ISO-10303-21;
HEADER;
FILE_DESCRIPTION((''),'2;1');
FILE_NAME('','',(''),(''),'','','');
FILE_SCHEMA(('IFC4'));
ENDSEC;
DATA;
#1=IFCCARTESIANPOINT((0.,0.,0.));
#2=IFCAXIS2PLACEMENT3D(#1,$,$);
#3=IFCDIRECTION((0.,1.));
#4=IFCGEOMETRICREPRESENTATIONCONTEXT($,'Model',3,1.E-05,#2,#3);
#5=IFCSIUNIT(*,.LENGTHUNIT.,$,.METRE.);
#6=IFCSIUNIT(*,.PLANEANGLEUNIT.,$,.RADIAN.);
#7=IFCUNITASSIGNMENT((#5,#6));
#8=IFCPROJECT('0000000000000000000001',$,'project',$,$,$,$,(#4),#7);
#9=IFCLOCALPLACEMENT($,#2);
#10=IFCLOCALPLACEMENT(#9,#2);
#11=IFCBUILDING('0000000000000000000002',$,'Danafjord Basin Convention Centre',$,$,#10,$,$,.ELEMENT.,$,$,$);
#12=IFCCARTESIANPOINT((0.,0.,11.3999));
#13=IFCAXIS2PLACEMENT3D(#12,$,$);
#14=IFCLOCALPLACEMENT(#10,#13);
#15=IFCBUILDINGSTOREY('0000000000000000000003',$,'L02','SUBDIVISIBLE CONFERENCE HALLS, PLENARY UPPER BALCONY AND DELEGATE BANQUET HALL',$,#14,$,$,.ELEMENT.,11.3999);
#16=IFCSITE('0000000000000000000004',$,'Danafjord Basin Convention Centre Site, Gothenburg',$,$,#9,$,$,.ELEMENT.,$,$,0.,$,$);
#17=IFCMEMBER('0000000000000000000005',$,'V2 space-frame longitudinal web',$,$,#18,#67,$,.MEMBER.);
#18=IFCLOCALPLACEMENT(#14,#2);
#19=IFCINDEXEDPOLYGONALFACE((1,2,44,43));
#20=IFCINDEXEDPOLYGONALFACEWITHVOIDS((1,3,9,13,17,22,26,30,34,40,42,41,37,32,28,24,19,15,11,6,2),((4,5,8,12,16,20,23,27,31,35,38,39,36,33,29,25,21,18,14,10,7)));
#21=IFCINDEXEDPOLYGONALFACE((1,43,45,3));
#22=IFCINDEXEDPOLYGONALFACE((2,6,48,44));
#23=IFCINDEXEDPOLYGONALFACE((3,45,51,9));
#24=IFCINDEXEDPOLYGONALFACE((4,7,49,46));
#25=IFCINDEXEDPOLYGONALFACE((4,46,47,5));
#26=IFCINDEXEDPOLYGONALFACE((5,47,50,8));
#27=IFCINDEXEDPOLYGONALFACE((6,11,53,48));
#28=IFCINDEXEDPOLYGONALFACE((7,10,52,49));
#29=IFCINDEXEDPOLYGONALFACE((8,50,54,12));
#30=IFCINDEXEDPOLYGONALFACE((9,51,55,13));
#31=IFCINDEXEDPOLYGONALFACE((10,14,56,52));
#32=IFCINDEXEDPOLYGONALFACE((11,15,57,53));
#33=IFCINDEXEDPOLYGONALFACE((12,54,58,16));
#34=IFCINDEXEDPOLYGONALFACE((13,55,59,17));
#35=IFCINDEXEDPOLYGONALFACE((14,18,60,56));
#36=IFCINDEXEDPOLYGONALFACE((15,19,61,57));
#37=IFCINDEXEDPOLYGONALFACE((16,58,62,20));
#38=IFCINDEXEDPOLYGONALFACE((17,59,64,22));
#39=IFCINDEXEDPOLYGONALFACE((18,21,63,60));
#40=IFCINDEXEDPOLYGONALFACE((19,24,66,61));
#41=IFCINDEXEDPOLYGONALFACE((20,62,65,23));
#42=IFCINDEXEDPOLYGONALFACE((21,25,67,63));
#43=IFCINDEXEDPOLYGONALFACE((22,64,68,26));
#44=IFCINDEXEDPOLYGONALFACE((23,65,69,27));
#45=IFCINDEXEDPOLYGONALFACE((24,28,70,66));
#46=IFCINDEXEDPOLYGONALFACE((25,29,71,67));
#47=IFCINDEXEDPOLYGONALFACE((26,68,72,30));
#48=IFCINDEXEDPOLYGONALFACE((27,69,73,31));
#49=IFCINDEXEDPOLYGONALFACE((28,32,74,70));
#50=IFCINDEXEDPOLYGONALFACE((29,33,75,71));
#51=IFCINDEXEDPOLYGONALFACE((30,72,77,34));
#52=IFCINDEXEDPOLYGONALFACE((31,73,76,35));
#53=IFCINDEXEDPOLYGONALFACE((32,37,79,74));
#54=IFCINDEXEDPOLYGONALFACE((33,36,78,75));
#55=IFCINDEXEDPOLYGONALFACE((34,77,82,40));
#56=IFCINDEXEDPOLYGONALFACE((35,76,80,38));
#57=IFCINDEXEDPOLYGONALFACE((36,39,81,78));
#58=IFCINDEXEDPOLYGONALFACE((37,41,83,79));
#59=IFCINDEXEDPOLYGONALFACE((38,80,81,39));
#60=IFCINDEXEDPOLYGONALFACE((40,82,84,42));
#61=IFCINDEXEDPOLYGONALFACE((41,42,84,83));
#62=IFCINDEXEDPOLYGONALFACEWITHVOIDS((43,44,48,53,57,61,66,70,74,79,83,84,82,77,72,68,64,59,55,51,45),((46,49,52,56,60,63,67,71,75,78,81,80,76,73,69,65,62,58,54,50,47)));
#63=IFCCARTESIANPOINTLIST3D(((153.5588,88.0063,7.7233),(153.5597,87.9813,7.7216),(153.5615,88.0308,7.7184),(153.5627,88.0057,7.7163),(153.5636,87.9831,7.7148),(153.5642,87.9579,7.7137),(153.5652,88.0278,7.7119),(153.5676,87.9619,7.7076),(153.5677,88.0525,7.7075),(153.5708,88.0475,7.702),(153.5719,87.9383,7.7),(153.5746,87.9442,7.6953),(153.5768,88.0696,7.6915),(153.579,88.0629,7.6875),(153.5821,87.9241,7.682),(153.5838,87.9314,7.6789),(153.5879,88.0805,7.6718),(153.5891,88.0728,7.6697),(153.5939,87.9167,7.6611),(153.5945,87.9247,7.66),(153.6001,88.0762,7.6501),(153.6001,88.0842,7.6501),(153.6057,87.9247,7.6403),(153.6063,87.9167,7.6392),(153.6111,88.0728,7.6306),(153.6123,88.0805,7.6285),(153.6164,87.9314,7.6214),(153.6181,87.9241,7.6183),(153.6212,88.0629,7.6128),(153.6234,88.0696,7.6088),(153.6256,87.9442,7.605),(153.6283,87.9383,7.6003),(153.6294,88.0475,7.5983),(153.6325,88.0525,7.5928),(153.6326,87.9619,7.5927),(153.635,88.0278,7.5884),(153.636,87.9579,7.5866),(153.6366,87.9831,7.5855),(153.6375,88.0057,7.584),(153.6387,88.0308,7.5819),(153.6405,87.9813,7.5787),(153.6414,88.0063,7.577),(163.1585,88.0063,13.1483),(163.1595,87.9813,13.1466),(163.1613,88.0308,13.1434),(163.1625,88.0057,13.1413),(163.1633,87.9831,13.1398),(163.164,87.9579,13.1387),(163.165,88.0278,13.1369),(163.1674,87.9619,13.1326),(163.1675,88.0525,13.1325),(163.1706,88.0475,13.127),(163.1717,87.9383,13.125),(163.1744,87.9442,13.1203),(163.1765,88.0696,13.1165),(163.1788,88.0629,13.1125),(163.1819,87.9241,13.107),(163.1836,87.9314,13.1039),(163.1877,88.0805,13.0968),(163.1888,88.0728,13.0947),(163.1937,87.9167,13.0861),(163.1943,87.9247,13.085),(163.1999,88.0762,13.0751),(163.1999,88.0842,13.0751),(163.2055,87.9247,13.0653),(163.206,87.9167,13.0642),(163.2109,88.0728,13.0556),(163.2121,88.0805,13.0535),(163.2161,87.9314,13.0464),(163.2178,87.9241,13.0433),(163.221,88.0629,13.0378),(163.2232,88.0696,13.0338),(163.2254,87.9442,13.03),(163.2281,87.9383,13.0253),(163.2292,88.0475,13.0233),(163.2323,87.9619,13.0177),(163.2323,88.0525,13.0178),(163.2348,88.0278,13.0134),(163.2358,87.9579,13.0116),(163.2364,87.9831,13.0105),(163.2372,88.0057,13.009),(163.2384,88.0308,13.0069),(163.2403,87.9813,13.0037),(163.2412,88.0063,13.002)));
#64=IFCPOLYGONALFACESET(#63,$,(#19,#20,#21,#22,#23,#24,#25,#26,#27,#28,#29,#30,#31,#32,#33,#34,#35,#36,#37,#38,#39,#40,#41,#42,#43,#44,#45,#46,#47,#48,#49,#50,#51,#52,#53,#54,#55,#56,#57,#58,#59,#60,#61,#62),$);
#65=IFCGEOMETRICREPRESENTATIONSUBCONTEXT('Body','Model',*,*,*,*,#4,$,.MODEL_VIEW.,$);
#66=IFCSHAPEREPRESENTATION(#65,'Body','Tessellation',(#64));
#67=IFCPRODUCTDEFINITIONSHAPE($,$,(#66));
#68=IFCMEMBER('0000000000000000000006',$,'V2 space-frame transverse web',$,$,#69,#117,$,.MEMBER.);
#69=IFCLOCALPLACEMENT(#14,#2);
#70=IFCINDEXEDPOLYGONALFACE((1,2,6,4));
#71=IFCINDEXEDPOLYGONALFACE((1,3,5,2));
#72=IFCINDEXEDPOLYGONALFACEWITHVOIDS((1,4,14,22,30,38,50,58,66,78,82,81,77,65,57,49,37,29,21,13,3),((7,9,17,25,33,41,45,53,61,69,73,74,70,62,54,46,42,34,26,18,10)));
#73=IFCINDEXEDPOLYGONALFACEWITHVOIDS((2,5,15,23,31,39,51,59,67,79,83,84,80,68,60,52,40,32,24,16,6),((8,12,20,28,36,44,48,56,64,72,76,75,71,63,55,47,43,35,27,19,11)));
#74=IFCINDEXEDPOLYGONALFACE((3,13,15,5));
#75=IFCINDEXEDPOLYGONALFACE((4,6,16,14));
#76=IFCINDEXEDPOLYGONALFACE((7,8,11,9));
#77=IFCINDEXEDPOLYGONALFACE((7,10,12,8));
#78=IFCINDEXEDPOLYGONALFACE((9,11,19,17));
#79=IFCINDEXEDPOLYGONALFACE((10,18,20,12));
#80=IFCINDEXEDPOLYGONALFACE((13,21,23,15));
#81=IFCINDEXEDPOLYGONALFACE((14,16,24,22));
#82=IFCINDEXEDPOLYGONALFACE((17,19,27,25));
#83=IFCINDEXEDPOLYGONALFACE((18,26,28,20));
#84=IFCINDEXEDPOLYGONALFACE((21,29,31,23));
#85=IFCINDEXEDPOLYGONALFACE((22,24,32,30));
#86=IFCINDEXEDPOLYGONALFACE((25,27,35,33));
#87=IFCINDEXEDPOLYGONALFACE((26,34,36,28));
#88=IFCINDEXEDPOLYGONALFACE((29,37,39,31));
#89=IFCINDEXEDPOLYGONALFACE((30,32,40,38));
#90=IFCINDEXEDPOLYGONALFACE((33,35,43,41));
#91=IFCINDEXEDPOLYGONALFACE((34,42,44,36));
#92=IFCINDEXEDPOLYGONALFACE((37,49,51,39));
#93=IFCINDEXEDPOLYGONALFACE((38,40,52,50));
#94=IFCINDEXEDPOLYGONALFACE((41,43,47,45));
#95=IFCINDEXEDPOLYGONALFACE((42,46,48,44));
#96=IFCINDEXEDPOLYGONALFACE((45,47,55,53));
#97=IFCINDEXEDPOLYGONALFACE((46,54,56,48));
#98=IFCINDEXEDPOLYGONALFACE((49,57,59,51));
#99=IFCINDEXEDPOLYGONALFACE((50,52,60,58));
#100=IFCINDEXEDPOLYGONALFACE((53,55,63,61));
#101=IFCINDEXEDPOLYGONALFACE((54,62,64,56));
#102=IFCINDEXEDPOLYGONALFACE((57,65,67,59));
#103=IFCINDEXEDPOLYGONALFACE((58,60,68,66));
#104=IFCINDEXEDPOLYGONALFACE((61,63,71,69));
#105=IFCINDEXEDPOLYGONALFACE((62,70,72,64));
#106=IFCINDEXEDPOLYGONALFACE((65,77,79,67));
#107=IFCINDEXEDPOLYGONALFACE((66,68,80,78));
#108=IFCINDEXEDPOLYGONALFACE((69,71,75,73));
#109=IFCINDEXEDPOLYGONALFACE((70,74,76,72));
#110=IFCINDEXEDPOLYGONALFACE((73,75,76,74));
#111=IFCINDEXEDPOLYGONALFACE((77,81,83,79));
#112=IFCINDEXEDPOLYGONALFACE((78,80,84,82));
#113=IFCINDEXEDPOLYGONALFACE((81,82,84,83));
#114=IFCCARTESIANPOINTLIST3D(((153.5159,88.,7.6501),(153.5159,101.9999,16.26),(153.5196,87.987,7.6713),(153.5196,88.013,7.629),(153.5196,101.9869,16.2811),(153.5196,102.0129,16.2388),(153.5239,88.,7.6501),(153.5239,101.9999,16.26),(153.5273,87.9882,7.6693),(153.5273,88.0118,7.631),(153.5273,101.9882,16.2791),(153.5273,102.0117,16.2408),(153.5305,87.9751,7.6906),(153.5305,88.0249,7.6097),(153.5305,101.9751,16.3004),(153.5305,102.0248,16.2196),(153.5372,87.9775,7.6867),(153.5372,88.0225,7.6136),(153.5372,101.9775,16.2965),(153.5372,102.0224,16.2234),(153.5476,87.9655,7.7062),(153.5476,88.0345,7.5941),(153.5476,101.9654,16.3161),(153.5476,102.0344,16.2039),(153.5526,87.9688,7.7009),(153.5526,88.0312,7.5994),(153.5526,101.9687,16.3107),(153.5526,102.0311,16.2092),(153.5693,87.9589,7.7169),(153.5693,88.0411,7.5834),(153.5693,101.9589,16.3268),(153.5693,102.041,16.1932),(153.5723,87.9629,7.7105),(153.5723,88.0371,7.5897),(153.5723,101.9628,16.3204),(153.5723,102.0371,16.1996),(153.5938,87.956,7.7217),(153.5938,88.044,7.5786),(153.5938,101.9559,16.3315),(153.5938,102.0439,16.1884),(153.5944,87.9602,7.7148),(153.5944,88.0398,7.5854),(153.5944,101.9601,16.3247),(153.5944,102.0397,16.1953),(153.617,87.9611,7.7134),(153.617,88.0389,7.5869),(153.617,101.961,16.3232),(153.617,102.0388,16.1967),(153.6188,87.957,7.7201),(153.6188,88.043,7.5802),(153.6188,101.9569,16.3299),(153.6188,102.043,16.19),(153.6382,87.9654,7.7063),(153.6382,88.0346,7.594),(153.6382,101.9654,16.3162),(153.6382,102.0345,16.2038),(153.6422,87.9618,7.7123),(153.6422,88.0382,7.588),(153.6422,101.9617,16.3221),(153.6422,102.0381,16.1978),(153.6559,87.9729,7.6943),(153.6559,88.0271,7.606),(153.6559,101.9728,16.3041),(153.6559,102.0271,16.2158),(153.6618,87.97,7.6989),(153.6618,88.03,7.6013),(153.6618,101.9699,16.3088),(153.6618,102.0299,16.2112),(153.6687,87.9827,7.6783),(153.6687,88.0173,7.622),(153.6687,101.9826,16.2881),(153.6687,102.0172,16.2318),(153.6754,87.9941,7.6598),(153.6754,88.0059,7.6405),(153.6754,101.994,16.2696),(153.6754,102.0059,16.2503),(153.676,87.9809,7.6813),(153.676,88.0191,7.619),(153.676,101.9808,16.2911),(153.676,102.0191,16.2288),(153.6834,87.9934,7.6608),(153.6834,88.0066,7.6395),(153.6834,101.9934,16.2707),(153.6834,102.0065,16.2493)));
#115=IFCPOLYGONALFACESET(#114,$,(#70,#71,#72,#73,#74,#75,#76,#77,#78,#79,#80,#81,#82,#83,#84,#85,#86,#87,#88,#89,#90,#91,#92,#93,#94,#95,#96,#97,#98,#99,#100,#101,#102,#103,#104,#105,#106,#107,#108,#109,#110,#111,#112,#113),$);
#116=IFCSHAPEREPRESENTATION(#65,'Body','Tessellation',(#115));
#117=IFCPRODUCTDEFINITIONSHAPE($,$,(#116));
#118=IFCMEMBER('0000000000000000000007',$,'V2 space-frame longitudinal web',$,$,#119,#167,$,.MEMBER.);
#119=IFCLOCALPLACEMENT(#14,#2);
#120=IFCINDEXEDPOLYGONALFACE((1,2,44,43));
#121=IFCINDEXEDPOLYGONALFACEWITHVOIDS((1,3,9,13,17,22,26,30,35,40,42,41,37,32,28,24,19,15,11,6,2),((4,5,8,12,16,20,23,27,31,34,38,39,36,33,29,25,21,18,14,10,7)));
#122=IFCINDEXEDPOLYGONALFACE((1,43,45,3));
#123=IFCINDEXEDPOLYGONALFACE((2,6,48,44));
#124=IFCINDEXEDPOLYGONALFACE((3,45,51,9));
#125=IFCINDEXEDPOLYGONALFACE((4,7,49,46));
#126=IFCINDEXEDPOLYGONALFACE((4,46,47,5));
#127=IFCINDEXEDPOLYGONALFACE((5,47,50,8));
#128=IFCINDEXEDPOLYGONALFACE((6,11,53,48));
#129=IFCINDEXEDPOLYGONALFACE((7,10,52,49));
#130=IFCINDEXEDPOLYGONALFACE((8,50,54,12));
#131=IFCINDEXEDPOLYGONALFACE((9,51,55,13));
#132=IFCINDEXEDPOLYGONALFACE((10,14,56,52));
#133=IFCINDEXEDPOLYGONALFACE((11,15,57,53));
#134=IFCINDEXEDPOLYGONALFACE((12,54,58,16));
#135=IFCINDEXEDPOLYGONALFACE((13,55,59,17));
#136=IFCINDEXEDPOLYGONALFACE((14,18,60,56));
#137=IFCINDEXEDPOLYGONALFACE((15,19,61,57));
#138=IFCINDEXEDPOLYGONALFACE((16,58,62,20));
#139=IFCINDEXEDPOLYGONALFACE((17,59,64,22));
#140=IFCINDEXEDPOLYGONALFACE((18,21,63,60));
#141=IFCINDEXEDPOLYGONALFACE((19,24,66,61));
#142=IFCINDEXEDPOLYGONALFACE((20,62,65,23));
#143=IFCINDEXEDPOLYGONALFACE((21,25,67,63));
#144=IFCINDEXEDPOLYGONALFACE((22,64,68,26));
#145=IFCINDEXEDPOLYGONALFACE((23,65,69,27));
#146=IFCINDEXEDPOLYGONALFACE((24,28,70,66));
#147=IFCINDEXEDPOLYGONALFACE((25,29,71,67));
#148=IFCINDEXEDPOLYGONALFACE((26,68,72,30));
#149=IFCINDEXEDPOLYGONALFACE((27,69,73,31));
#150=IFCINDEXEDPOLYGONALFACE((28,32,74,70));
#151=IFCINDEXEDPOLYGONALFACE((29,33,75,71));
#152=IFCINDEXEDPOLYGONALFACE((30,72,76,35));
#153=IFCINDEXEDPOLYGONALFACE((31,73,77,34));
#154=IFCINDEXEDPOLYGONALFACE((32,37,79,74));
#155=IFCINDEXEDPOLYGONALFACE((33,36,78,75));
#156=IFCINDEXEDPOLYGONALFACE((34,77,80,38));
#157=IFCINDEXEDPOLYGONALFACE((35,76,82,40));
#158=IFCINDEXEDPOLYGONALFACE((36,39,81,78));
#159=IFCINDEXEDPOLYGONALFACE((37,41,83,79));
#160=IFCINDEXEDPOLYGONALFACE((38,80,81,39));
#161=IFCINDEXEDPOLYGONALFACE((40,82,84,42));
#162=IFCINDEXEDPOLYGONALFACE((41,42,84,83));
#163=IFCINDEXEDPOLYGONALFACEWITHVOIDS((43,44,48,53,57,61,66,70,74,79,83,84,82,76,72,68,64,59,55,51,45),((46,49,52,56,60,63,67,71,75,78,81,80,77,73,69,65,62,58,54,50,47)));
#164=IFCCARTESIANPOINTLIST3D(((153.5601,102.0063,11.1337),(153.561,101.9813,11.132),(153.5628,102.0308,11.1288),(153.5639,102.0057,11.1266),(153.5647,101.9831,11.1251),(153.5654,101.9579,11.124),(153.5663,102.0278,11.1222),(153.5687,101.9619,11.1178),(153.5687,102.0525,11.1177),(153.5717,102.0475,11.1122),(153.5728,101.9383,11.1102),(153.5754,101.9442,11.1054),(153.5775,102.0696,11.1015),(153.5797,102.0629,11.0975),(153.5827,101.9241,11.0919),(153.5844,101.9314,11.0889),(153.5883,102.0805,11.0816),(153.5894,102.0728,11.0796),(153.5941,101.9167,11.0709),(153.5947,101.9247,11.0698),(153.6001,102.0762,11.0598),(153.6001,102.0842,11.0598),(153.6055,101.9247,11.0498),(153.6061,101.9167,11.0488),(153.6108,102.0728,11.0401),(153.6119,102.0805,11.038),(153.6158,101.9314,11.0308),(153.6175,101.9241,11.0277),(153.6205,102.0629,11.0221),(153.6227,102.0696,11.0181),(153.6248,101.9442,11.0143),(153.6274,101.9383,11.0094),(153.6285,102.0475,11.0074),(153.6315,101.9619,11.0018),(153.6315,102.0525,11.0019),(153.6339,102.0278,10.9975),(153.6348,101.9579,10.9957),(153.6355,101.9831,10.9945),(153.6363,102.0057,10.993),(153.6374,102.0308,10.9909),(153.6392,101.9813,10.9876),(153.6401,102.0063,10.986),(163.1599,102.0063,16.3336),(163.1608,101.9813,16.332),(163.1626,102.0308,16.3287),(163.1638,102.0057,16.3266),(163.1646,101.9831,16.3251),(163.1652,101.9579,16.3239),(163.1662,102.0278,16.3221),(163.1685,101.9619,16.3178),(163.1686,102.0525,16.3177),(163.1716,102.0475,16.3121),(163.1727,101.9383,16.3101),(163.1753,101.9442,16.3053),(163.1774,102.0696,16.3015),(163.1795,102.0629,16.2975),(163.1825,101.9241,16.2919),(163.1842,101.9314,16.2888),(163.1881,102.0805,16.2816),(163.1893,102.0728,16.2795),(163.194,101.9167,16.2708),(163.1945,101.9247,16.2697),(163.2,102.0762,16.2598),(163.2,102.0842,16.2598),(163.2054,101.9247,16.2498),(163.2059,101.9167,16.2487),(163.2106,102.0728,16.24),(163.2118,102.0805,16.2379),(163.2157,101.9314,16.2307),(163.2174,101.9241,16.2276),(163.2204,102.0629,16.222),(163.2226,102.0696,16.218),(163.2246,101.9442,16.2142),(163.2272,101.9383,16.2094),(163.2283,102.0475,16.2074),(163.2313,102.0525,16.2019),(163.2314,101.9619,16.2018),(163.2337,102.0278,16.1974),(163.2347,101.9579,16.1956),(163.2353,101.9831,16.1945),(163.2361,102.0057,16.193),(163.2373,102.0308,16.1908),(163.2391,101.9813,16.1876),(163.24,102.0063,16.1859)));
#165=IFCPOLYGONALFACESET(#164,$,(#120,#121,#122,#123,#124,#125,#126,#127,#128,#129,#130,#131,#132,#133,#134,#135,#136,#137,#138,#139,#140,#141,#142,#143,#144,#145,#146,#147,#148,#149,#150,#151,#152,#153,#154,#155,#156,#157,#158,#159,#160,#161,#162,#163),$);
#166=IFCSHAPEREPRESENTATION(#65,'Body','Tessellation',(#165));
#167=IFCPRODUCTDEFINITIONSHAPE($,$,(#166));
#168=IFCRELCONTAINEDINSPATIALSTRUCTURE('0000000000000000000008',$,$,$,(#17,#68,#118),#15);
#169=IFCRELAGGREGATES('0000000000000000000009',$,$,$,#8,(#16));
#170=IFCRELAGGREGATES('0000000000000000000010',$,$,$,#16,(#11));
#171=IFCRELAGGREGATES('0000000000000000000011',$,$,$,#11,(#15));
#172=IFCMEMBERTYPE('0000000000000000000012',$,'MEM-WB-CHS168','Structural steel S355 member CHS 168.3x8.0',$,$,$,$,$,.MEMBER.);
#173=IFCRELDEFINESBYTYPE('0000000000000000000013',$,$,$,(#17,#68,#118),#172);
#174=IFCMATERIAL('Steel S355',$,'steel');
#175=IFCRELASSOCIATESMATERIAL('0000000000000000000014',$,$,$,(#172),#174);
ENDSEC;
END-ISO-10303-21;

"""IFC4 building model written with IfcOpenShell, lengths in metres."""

from ifc_helpers import new_model, si_unit, direction, frame, origin, origin_2d, place, context, subcontext, project, spatial, hollow_circle, extrude, material, material_profile, profile_set, type_object, element, save


model = new_model("IFC4")

# Units and contexts
model_context = context("Model", 3, precision=1e-05, world=origin(), true_north=direction((0.0, 1.0)))
body_context = subcontext(model_context, "Body", "Model", "MODEL_VIEW")
ifc_project = project(units=[si_unit("LENGTHUNIT", "METRE"), si_unit("PLANEANGLEUNIT", "RADIAN")], contexts=[model_context])

# Site, building, storey
site_placement = place(None, origin())
site = spatial("IfcSite", under=ifc_project, at=site_placement, Name="Danafjord Basin Convention Centre Site, Gothenburg", CompositionType="ELEMENT", RefElevation=0.0)
building_placement = place(site_placement, origin())
building = spatial("IfcBuilding", under=site, at=building_placement, Name="Danafjord Basin Convention Centre", CompositionType="ELEMENT")
storey_placement = place(building_placement, frame((0.0, 0.0, 11.3999)))
storey = spatial("IfcBuildingStorey", under=building, at=storey_placement, Name="L02", Description="SUBDIVISIBLE CONFERENCE HALLS, PLENARY UPPER BALCONY AND DELEGATE BANQUET HALL", CompositionType="ELEMENT", Elevation=11.3999)

# Shared definitions
ifc_material = material(Name="Steel S355", Category="steel")

# Members
ifc_material_profile_1 = material_profile(ifc_material, hollow_circle(Radius=0.0842, WallThickness=0.0081, at=origin_2d()), Name="CHS 168.3x8.0")
ifc_profile_set_1 = profile_set([ifc_material_profile_1], Name="Steel S355")
member_type_1 = type_object("IfcMemberType", Name="MEM-WB-CHS168", Description="Structural steel S355 member CHS 168.3x8.0", PredefinedType="MEMBER", material=ifc_profile_set_1)
member_1_placement = place(storey_placement, frame((153.6001, 88.0, 7.6501), z_axis=(0.8706, 0.0, 0.491992), x_axis=(0.0, 1.0, 0.0)))
element("IfcMember", 1, at=member_1_placement, inside=storey, type_object=member_type_1, Name="V2 space-frame longitudinal web", PredefinedType="MEMBER", context=body_context, shape_type="SweptSolid", body=[
    extrude(hollow_circle(Radius=0.0842, WallThickness=0.0081, at=origin_2d()), origin(), (0.0, 0.0, 1.0), 11.0266),
])
member_2_placement = place(storey_placement, frame((153.6001, 88.0, 7.6501), z_axis=(0.0, 0.851808, 0.523854), x_axis=(-1.0, 0.0, 0.0)))
element("IfcMember", 2, at=member_2_placement, inside=storey, type_object=member_type_1, Name="V2 space-frame transverse web", PredefinedType="MEMBER", context=body_context, shape_type="SweptSolid", body=[
    extrude(hollow_circle(Radius=0.0842, WallThickness=0.0081, at=origin_2d()), origin(), (0.0, 0.0, 1.0), 16.4355),
])
member_3_placement = place(storey_placement, frame((153.6001, 102.0, 11.0598), z_axis=(0.879291, 0.0, 0.476285), x_axis=(0.0, 1.0, 0.0)))
element("IfcMember", 3, at=member_3_placement, inside=storey, type_object=member_type_1, Name="V2 space-frame longitudinal web", PredefinedType="MEMBER", context=body_context, shape_type="SweptSolid", body=[
    extrude(hollow_circle(Radius=0.0842, WallThickness=0.0081, at=origin_2d()), origin(), (0.0, 0.0, 1.0), 10.9177),
])

save(model, "model.ifc")
